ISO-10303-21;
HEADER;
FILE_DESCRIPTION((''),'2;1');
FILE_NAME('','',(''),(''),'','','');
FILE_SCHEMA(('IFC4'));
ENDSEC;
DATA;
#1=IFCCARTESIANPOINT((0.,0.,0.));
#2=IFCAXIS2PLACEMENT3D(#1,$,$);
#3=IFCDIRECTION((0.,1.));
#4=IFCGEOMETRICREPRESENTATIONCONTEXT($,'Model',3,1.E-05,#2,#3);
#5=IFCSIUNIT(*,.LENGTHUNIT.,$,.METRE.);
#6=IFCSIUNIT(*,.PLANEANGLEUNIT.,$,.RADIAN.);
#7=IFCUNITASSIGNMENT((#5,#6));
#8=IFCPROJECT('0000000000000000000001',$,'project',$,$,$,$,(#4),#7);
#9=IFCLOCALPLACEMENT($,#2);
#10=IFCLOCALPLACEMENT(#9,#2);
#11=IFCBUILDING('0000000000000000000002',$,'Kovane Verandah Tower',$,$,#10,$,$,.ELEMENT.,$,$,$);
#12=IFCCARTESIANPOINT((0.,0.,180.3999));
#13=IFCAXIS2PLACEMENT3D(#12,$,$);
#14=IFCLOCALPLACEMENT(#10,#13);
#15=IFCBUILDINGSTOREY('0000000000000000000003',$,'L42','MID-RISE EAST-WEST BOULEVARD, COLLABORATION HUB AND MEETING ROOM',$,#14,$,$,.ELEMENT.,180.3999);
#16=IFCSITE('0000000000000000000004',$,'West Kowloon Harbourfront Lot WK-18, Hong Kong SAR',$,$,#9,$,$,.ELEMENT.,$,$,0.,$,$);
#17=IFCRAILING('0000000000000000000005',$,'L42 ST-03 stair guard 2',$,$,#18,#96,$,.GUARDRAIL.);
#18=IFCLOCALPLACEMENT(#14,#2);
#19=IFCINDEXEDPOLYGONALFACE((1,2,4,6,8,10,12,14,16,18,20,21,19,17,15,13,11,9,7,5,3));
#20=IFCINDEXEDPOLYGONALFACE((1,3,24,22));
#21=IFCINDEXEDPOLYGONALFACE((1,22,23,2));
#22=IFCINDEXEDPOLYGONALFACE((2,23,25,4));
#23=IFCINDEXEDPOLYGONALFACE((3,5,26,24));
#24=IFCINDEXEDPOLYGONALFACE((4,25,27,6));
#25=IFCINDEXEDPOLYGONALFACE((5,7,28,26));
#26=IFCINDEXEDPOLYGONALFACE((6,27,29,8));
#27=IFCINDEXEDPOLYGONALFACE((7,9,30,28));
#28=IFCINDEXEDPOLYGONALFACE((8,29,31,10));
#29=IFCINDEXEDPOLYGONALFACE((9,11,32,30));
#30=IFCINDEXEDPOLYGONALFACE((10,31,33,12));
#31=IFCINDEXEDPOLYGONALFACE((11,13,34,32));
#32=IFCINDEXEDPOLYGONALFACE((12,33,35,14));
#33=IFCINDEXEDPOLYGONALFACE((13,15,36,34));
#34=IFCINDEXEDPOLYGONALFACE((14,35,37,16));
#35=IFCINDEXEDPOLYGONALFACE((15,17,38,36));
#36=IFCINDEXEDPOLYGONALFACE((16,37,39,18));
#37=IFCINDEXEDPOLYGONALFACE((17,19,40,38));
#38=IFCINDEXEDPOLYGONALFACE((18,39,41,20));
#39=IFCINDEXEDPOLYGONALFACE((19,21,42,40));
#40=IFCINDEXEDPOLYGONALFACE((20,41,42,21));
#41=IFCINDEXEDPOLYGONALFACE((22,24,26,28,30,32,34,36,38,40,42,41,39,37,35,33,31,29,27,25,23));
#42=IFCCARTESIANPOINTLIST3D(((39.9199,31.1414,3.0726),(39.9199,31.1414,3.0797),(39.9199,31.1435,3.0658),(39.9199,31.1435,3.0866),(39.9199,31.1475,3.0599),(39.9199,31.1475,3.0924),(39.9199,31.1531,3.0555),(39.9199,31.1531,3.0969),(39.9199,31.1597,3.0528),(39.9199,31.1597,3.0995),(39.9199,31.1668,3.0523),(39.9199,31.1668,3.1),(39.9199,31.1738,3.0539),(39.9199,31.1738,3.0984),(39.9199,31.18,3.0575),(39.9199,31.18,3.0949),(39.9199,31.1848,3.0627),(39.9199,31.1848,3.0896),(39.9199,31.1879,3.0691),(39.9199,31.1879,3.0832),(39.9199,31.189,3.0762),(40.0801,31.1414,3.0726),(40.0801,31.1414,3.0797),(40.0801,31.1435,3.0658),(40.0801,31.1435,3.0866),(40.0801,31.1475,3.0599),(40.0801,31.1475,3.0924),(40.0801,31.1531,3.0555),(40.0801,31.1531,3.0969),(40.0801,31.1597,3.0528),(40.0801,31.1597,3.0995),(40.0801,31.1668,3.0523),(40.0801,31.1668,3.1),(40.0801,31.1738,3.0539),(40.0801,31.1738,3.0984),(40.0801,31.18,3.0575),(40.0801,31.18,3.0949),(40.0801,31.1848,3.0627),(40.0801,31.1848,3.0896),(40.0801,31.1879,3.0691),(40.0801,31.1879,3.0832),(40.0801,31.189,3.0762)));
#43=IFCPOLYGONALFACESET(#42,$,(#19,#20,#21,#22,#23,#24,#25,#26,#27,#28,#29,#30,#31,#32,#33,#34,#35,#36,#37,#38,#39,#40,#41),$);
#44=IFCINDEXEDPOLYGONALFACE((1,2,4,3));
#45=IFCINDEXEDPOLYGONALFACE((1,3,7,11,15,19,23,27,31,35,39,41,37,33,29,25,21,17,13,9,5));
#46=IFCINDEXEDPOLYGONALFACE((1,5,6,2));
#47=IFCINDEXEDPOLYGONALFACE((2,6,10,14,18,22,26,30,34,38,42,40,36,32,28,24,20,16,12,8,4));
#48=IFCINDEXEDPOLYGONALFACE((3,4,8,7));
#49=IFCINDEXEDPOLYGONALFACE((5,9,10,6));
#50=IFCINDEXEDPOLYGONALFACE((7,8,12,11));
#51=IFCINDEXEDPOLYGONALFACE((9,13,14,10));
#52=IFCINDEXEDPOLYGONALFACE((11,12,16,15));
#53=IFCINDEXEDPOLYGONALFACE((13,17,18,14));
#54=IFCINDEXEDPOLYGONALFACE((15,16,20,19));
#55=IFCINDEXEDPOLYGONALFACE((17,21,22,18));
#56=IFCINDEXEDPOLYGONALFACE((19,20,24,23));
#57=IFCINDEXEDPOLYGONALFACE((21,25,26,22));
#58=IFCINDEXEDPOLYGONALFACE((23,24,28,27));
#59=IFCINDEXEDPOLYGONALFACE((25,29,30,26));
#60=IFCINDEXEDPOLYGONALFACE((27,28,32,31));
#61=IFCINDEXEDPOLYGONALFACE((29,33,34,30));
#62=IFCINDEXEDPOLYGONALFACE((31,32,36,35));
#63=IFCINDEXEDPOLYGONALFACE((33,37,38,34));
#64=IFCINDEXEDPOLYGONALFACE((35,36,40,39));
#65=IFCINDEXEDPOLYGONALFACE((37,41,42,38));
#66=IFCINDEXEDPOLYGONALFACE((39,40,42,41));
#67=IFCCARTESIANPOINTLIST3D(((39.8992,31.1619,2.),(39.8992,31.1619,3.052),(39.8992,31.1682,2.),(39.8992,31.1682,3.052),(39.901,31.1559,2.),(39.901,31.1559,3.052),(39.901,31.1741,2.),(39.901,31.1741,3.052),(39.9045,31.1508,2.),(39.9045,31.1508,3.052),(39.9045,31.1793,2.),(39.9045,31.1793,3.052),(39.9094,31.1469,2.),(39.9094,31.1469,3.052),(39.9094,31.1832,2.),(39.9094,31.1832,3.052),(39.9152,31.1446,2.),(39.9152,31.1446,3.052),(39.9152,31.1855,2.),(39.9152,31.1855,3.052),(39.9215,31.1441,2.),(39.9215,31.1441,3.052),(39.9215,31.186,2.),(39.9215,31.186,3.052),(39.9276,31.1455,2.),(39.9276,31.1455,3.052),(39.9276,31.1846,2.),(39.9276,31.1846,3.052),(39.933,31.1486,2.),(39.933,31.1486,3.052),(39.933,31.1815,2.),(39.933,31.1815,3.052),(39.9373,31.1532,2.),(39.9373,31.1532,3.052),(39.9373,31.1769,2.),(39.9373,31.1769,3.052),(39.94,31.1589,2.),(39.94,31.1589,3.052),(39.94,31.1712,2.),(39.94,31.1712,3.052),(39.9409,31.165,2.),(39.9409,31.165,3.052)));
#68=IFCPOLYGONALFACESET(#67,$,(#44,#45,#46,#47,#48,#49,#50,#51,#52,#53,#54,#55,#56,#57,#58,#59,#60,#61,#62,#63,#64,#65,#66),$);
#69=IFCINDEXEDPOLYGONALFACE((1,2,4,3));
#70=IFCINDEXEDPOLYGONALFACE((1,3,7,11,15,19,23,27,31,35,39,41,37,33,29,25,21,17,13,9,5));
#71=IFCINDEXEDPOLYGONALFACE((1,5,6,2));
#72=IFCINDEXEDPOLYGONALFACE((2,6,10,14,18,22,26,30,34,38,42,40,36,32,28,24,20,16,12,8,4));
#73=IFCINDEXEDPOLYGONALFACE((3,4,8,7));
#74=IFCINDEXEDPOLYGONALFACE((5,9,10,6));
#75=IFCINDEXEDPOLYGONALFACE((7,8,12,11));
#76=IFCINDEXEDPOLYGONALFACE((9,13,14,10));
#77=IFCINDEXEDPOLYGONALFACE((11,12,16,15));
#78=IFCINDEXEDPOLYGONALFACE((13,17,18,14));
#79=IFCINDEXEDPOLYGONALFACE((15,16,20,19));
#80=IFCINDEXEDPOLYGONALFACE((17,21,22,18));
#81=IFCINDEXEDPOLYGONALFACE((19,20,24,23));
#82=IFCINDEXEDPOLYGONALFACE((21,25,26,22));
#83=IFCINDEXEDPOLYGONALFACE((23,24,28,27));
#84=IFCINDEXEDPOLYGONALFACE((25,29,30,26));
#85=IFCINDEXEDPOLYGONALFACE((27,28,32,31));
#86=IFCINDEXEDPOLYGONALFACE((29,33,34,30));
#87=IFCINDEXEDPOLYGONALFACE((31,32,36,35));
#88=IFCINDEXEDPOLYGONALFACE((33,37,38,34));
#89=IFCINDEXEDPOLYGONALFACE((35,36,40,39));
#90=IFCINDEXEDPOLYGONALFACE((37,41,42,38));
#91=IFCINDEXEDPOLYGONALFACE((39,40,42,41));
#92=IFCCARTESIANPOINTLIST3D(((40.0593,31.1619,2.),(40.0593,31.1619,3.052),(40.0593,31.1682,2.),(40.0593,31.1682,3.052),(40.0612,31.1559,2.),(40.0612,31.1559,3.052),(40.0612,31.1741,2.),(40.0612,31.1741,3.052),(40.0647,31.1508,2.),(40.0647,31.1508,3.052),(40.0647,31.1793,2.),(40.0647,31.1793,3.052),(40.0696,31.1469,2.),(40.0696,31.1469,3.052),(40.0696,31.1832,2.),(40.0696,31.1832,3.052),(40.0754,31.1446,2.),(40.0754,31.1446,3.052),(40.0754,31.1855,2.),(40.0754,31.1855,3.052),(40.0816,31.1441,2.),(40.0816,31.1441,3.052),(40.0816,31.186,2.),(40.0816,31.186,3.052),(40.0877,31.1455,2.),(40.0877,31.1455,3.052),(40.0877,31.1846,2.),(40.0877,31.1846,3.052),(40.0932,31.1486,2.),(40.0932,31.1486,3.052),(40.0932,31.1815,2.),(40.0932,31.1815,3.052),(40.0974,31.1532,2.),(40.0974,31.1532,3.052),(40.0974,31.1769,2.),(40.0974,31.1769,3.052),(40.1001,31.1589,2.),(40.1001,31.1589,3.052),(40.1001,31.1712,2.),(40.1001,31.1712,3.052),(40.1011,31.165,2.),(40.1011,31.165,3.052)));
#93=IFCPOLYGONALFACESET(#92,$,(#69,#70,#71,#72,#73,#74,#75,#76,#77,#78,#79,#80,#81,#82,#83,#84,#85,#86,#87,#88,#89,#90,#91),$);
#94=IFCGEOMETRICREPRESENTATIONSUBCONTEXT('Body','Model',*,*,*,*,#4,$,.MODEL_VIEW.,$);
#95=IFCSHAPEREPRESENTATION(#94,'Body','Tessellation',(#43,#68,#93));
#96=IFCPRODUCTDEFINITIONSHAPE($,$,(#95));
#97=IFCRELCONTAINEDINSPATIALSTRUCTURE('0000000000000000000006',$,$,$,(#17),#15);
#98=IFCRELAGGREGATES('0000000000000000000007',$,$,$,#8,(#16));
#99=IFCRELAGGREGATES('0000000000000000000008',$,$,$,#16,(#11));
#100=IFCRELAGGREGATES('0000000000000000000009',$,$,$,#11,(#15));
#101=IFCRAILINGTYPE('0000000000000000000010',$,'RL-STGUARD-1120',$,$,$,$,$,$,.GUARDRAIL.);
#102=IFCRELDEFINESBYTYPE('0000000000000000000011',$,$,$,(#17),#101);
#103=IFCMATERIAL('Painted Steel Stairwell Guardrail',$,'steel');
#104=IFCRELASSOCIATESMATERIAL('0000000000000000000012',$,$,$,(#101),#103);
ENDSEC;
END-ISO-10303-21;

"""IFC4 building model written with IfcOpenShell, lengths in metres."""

from ifc_helpers import new_model, si_unit, direction, frame, origin, origin_2d, place, context, subcontext, project, spatial, circle, extrude, material, type_object, element, save


model = new_model("IFC4")

# Units and contexts
model_context = context("Model", 3, precision=1e-05, world=origin(), true_north=direction((0.0, 1.0)))
body_context = subcontext(model_context, "Body", "Model", "MODEL_VIEW")
ifc_project = project(units=[si_unit("LENGTHUNIT", "METRE"), si_unit("PLANEANGLEUNIT", "RADIAN")], contexts=[model_context])

# Site, building, storey
site_placement = place(None, origin())
site = spatial("IfcSite", under=ifc_project, at=site_placement, Name="West Kowloon Harbourfront Lot WK-18, Hong Kong SAR", CompositionType="ELEMENT", RefElevation=0.0)
building_placement = place(site_placement, origin())
building = spatial("IfcBuilding", under=site, at=building_placement, Name="Kovane Verandah Tower", CompositionType="ELEMENT")
storey_placement = place(building_placement, frame((0.0, 0.0, 180.3999)))
storey = spatial("IfcBuildingStorey", under=building, at=storey_placement, Name="L42", Description="MID-RISE EAST-WEST BOULEVARD, COLLABORATION HUB AND MEETING ROOM", CompositionType="ELEMENT", Elevation=180.3999)

# Railing
ifc_material_1 = material(Name="Painted Steel Stairwell Guardrail", Category="steel")
railing_type_1 = type_object("IfcRailingType", Name="RL-STGUARD-1120", PredefinedType="GUARDRAIL", material=ifc_material_1)
railing_1_placement = place(storey_placement, frame((39.9199, 31.165, 2.0)))
element("IfcRailing", 1, at=railing_1_placement, inside=storey, type_object=railing_type_1, Name="L42 ST-03 stair guard 2", PredefinedType="GUARDRAIL", context=body_context, shape_type="SweptSolid", body=[
    extrude(circle(Radius=0.0239, at=origin_2d()), frame((0.0, 0.0, 1.0762), z_axis=(1.0, 0.0, 0.0), x_axis=(0.0, 1.0, 0.0)), (0.0, 0.0, 1.0), 0.1602),
    extrude(circle(Radius=0.021, at=origin_2d()), origin(), (0.0, 0.0, 1.0), 1.052),
    extrude(circle(Radius=0.021, at=origin_2d()), frame((0.1602, 0.0, 0.0)), (0.0, 0.0, 1.0), 1.052),
])

save(model, "model.ifc")
